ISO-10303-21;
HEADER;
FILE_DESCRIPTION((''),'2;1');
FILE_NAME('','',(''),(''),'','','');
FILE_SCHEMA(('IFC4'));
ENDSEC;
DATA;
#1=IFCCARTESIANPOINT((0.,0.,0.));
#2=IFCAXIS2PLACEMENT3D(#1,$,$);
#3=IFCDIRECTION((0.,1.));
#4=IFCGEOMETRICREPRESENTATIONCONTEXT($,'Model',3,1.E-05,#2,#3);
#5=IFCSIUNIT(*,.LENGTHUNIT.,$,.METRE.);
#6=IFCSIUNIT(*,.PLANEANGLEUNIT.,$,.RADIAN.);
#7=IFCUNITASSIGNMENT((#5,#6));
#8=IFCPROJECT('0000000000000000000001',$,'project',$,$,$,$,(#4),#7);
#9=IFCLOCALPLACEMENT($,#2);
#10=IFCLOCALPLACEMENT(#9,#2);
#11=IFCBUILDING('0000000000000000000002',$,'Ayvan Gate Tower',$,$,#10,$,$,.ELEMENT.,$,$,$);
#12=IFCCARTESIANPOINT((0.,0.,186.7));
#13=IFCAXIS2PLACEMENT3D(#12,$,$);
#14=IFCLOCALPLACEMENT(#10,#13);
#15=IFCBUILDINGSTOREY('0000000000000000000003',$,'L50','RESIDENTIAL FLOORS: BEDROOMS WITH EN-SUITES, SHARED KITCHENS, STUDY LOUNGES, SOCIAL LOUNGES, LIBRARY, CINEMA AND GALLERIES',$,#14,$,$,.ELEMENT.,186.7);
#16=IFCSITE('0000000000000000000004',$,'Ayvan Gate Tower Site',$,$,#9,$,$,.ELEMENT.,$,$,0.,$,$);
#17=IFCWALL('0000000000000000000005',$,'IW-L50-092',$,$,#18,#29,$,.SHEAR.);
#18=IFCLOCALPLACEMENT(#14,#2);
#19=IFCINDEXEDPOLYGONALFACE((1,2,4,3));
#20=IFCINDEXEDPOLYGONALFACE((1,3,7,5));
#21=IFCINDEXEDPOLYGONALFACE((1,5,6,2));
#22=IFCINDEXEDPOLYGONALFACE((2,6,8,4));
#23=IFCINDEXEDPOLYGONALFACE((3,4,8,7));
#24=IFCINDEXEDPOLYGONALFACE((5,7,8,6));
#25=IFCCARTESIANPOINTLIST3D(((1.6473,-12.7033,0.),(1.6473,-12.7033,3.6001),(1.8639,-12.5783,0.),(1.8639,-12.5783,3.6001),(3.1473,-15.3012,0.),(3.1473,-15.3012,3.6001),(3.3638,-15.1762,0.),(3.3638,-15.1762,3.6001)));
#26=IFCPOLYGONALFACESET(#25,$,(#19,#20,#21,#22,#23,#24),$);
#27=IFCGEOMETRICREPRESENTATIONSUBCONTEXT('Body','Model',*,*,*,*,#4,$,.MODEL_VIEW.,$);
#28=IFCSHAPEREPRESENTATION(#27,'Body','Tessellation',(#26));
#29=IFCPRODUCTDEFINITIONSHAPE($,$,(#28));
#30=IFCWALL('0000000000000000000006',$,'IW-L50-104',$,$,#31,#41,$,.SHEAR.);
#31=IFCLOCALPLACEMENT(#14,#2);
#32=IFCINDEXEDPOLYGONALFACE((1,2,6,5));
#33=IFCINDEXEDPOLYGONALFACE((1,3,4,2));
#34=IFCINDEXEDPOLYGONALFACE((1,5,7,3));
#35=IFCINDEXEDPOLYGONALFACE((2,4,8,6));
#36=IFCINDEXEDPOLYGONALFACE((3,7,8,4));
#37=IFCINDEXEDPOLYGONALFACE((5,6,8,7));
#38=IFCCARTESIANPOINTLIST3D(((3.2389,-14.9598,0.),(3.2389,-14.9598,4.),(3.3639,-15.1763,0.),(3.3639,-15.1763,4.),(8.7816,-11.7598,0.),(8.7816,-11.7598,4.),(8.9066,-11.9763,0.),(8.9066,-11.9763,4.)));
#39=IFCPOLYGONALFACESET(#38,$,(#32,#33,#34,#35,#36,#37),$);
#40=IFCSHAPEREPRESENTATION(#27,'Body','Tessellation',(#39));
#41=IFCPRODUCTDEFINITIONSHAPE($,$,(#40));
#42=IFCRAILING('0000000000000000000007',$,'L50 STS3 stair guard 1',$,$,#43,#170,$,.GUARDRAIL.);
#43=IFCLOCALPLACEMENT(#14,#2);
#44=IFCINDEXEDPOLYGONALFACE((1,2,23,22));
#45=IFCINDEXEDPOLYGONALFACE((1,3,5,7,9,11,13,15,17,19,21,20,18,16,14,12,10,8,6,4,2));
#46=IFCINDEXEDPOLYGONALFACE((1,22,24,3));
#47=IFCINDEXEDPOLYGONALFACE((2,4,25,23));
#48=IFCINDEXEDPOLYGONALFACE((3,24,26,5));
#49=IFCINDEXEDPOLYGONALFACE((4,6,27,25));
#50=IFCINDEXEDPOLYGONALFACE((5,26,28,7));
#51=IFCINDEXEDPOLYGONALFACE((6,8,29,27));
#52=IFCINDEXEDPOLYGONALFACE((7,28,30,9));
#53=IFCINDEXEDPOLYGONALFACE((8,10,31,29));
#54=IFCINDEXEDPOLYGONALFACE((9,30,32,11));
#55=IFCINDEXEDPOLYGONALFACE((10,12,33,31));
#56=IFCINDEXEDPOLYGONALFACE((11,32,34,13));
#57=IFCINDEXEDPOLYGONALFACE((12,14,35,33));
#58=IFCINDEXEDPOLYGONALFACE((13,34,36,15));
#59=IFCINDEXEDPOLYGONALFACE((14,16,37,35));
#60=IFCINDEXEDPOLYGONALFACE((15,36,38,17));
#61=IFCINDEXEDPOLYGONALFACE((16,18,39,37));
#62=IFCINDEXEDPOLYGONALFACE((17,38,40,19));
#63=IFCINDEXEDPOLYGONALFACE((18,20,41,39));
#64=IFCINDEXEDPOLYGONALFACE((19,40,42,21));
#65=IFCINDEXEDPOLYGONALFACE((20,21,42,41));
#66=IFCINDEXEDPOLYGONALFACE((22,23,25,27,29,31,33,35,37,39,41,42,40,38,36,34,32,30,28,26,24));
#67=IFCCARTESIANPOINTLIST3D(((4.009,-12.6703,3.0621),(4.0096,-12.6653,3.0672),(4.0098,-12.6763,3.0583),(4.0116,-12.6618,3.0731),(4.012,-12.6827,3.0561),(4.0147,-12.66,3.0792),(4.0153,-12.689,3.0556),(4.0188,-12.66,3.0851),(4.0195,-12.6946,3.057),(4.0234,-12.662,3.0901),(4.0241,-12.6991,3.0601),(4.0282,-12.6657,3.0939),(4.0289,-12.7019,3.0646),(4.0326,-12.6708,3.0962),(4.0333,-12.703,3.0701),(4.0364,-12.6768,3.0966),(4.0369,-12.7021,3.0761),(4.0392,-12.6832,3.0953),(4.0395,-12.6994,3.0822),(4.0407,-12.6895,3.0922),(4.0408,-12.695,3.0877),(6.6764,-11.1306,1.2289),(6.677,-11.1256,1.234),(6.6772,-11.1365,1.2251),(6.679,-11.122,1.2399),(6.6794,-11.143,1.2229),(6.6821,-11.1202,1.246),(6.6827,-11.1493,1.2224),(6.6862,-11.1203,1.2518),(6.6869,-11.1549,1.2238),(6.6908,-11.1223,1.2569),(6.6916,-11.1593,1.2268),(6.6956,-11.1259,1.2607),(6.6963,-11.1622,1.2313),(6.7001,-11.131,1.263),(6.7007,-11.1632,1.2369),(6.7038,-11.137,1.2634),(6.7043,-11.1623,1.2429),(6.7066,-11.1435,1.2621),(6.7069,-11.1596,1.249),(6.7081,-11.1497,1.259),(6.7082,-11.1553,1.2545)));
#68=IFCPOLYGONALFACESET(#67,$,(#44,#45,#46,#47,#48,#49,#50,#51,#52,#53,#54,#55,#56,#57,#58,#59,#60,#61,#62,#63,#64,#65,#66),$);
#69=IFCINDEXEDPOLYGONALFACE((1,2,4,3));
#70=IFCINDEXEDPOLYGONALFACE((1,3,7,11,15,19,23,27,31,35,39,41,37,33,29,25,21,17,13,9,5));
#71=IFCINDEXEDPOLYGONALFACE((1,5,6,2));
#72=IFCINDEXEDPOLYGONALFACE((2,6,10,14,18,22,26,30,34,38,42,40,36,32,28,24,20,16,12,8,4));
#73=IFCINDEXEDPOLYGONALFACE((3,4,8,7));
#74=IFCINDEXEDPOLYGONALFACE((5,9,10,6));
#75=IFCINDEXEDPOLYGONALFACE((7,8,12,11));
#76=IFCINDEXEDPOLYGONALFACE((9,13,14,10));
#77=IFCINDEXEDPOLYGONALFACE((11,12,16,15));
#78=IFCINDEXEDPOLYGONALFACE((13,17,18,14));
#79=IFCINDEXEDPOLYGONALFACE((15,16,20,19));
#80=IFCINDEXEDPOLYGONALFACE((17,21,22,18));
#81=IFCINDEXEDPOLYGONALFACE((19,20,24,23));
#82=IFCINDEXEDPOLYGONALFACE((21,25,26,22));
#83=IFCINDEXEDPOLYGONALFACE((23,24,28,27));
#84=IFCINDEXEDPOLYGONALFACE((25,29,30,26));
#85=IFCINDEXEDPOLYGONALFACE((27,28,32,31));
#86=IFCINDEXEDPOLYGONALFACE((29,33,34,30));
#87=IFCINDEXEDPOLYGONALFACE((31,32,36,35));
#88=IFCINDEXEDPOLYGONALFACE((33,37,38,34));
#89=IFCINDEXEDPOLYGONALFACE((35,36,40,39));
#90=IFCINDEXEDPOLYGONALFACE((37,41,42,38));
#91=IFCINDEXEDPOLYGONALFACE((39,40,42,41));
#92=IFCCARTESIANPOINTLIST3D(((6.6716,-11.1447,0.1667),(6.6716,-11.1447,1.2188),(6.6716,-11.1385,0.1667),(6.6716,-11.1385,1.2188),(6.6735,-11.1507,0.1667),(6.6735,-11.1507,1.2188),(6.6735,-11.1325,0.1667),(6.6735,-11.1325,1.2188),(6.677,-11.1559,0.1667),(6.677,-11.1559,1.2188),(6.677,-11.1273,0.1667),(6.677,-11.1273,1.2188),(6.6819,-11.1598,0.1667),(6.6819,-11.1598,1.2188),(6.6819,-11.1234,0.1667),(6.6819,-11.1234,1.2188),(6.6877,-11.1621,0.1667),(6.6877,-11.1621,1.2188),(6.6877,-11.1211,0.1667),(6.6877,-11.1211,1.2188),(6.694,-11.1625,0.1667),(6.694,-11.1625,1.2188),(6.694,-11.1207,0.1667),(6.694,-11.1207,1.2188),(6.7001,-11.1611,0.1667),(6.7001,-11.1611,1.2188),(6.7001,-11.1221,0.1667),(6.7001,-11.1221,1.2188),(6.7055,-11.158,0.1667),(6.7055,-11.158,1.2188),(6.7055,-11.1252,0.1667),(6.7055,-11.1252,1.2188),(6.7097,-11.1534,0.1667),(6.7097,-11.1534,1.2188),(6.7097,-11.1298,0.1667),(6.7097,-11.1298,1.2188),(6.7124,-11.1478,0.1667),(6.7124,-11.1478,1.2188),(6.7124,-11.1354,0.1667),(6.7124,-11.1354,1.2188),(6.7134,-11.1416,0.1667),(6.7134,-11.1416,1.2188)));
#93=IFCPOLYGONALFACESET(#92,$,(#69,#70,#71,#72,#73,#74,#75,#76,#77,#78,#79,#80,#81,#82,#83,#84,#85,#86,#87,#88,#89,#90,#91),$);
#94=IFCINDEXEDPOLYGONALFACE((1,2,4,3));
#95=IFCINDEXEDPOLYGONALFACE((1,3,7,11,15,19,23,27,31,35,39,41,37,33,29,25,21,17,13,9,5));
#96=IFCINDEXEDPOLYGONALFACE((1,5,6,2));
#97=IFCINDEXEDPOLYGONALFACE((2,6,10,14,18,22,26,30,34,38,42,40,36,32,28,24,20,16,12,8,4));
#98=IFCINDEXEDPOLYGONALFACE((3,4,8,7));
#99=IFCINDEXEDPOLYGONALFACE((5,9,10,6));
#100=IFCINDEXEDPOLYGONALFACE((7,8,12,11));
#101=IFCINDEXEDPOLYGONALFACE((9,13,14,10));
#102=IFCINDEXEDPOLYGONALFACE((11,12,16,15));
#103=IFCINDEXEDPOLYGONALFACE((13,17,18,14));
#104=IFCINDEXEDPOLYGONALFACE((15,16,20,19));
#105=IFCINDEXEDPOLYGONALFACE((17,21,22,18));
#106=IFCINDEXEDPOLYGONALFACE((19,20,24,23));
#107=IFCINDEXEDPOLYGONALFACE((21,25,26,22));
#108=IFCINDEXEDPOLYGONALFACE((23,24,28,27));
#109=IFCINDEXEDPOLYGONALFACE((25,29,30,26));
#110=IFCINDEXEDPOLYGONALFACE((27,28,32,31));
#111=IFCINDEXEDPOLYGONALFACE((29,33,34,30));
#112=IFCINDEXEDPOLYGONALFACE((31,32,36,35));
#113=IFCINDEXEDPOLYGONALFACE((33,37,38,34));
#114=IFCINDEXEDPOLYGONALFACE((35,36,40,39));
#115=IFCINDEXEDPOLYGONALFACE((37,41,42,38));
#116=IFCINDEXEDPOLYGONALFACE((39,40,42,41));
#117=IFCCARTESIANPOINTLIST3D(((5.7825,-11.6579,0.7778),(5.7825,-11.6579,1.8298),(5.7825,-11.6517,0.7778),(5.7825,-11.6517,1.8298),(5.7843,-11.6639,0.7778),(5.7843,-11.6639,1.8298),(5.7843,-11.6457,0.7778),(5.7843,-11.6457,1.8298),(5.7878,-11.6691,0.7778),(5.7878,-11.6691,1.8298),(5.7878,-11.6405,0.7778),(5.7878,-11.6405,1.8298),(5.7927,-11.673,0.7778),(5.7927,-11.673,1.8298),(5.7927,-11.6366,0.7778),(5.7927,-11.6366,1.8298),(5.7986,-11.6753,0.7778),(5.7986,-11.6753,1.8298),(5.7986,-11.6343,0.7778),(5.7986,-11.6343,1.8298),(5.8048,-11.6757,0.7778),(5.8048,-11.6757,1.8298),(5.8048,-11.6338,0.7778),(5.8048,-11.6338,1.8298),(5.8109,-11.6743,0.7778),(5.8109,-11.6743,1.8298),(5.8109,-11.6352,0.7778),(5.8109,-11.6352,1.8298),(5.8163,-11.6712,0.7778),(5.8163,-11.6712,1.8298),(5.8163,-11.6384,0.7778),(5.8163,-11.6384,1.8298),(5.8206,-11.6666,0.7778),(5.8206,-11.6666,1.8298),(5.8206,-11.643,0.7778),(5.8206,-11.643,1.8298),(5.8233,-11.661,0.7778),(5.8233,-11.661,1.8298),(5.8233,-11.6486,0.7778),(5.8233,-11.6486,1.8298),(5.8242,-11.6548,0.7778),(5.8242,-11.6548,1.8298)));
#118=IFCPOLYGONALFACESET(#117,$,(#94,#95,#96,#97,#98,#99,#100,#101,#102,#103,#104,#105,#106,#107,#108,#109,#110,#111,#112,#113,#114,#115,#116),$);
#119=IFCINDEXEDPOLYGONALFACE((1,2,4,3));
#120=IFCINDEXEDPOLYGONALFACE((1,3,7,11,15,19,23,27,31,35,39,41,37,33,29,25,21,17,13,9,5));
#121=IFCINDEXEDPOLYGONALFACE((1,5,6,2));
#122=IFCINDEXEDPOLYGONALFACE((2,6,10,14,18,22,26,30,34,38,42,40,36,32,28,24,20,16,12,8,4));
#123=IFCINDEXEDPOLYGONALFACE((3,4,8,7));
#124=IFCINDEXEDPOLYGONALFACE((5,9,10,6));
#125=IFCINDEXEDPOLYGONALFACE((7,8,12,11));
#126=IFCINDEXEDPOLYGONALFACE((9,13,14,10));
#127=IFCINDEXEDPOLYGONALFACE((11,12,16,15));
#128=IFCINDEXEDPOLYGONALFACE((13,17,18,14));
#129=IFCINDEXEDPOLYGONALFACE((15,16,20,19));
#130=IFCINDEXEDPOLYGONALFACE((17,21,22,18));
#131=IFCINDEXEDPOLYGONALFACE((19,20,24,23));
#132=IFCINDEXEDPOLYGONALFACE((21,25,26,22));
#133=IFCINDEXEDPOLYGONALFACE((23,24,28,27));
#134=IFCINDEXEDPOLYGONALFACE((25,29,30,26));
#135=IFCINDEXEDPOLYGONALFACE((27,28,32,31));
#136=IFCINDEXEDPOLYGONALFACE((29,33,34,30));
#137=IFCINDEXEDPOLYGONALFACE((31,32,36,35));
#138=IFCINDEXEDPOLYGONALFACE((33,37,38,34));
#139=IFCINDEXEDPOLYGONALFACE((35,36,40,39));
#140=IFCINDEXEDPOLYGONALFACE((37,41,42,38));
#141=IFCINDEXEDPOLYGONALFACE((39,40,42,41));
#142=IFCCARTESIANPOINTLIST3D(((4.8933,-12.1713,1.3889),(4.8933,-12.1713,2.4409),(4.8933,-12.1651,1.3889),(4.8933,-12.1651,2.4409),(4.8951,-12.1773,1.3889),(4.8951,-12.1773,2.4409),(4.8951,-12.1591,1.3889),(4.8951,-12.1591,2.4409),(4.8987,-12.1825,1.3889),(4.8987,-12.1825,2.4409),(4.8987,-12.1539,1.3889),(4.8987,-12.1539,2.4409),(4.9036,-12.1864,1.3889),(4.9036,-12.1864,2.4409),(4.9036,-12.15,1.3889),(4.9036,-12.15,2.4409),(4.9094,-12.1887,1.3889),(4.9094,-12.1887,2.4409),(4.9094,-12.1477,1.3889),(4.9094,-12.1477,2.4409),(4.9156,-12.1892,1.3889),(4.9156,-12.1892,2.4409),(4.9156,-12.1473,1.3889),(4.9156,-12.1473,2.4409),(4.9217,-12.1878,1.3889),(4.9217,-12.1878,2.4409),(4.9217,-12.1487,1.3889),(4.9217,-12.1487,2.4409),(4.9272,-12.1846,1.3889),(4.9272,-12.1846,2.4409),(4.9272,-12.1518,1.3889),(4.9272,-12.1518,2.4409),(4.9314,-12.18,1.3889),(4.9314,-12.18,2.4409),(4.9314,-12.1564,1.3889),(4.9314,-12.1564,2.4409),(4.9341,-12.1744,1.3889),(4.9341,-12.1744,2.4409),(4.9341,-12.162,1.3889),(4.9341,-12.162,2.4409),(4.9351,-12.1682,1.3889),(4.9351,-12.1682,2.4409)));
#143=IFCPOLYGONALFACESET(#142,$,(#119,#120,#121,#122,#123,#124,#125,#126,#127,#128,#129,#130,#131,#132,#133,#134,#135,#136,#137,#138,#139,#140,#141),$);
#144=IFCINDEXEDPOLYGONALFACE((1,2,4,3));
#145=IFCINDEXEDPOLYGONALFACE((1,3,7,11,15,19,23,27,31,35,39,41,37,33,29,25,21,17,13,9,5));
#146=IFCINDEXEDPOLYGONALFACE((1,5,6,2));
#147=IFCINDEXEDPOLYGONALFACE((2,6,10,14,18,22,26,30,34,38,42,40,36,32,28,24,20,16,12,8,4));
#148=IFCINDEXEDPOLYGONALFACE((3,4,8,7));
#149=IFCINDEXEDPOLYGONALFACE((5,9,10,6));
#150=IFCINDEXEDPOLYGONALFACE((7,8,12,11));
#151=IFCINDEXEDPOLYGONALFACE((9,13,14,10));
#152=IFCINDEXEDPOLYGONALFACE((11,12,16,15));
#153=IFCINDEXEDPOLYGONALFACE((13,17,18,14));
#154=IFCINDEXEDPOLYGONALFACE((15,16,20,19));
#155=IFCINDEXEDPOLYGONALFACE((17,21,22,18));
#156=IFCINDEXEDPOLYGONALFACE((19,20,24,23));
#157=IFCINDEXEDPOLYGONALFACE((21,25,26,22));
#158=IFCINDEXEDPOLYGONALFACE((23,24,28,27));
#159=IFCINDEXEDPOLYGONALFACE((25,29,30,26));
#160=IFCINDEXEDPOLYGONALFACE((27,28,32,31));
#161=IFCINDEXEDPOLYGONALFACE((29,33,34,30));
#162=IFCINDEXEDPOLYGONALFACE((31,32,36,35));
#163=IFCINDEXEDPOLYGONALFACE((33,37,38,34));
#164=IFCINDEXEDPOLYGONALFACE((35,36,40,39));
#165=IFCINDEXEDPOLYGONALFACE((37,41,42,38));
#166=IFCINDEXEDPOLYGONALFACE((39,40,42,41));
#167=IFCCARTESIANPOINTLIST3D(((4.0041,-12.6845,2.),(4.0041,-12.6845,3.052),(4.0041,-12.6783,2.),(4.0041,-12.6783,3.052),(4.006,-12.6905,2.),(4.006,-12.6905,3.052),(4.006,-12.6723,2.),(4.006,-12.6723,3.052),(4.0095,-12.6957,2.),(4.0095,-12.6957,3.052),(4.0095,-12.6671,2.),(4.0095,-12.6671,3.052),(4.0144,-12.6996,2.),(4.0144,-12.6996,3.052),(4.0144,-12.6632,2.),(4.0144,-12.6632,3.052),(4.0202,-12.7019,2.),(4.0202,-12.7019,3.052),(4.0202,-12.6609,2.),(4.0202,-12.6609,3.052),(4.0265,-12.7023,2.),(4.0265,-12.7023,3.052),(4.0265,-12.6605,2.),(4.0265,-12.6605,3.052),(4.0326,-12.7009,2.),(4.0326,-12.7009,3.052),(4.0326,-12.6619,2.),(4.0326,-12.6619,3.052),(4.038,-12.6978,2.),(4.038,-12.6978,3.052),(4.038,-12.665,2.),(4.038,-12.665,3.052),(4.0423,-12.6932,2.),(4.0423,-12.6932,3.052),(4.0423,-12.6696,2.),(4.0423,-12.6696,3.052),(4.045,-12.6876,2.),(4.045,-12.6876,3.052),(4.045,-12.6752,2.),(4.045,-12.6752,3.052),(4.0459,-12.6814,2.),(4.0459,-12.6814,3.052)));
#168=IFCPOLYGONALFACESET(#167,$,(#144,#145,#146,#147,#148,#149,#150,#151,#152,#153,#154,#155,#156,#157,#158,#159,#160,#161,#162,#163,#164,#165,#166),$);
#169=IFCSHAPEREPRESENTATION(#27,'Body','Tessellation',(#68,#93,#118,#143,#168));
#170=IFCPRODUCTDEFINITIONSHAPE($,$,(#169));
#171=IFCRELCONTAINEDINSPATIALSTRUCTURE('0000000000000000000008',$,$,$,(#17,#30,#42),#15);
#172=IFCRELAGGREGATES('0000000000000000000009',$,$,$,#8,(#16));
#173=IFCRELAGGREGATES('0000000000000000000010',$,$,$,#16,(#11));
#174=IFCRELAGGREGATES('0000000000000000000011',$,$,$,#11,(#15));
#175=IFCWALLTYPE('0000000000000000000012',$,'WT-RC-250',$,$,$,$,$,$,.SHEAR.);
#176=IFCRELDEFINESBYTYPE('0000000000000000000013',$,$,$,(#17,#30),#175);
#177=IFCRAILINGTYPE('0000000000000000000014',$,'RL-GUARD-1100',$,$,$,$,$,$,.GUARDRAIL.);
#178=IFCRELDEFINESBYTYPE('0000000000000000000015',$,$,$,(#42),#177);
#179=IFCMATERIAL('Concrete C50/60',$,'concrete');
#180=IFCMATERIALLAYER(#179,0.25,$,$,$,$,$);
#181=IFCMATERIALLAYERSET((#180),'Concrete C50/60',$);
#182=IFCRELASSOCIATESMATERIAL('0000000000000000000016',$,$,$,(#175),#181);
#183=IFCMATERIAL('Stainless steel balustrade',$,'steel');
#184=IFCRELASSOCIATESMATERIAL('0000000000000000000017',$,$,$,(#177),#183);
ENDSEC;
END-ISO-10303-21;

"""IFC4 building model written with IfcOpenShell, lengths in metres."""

from ifc_helpers import new_model, si_unit, direction, frame, frame_2d, origin, origin_2d, place, context, subcontext, project, spatial, rectangle, circle, extrude, material, layer, layer_set, type_object, element, save


model = new_model("IFC4")

# Units and contexts
model_context = context("Model", 3, precision=1e-05, world=origin(), true_north=direction((0.0, 1.0)))
body_context = subcontext(model_context, "Body", "Model", "MODEL_VIEW")
ifc_project = project(units=[si_unit("LENGTHUNIT", "METRE"), si_unit("PLANEANGLEUNIT", "RADIAN")], contexts=[model_context])

# Site, building, storey
site_placement = place(None, origin())
site = spatial("IfcSite", under=ifc_project, at=site_placement, Name="Ayvan Gate Tower Site", CompositionType="ELEMENT", RefElevation=0.0)
building_placement = place(site_placement, origin())
building = spatial("IfcBuilding", under=site, at=building_placement, Name="Ayvan Gate Tower", CompositionType="ELEMENT")
storey_placement = place(building_placement, frame((0.0, 0.0, 186.7)))
storey = spatial("IfcBuildingStorey", under=building, at=storey_placement, Name="L50", Description="RESIDENTIAL FLOORS: BEDROOMS WITH EN-SUITES, SHARED KITCHENS, STUDY LOUNGES, SOCIAL LOUNGES, LIBRARY, CINEMA AND GALLERIES", CompositionType="ELEMENT", Elevation=186.7)

# Shared definitions
ifc_material_1 = material(Name="Concrete C50/60", Category="concrete")
ifc_layer_1 = layer(ifc_material_1, 0.25)
ifc_layer_set_1 = layer_set([ifc_layer_1], Name="Concrete C50/60")
wall_type_1 = type_object("IfcWallType", Name="WT-RC-250", PredefinedType="SHEAR", material=ifc_layer_set_1)

# Walls
wall_1_placement = place(storey_placement, frame((3.2556, -15.2388, 0.0), z_axis=(0.0, 0.0, 1.0), x_axis=(-0.500025, 0.866011, 0.0)))
element("IfcWall", 1, at=wall_1_placement, inside=storey, type_object=wall_type_1, Name="IW-L50-092", PredefinedType="SHEAR", context=body_context, shape_type="SweptSolid", body=[
    extrude(rectangle(XDim=2.9998, YDim=0.25, at=frame_2d((1.5, 0.0))), origin(), (0.0, 0.0, 1.0), 3.6001),
])
wall_2_placement = place(storey_placement, frame((3.3013, -15.0681, 0.0), z_axis=(0.0, 0.0, 1.0), x_axis=(0.866035, 0.499983, 0.0)))
element("IfcWall", 2, at=wall_2_placement, inside=storey, type_object=wall_type_1, Name="IW-L50-104", PredefinedType="SHEAR", context=body_context, shape_type="SweptSolid", body=[
    extrude(rectangle(XDim=6.4001, YDim=0.25, at=frame_2d((3.2002, 0.0))), origin(), (0.0, 0.0, 1.0), 4.0),
])

# Railing
ifc_material_2 = material(Name="Stainless steel balustrade", Category="steel")
railing_type_1 = type_object("IfcRailingType", Name="RL-GUARD-1100", PredefinedType="GUARDRAIL", material=ifc_material_2)
railing_1_placement = place(storey_placement, frame((6.6924, -11.1416, 0.1667)))
element("IfcRailing", 3, at=railing_1_placement, inside=storey, type_object=railing_type_1, Name="L50 STS3 stair guard 1", PredefinedType="GUARDRAIL", context=body_context, shape_type="SweptSolid", body=[
    extrude(circle(Radius=0.0239, at=origin_2d()), frame((0.0, 0.0, 1.0762), z_axis=(-0.744212, -0.429594, 0.511467), x_axis=(0.499933, -0.866064, 0.0)), (0.0, 0.0, 1.0), 3.5842),
    extrude(circle(Radius=0.021, at=origin_2d()), origin(), (0.0, 0.0, 1.0), 1.052),
    extrude(circle(Radius=0.021, at=origin_2d()), frame((-0.8892, -0.5132, 0.6111)), (0.0, 0.0, 1.0), 1.052),
    extrude(circle(Radius=0.021, at=origin_2d()), frame((-1.7783, -1.0266, 1.2222)), (0.0, 0.0, 1.0), 1.052),
    extrude(circle(Radius=0.021, at=origin_2d()), frame((-2.6675, -1.5398, 1.8333)), (0.0, 0.0, 1.0), 1.052),
])

save(model, "model.ifc")
